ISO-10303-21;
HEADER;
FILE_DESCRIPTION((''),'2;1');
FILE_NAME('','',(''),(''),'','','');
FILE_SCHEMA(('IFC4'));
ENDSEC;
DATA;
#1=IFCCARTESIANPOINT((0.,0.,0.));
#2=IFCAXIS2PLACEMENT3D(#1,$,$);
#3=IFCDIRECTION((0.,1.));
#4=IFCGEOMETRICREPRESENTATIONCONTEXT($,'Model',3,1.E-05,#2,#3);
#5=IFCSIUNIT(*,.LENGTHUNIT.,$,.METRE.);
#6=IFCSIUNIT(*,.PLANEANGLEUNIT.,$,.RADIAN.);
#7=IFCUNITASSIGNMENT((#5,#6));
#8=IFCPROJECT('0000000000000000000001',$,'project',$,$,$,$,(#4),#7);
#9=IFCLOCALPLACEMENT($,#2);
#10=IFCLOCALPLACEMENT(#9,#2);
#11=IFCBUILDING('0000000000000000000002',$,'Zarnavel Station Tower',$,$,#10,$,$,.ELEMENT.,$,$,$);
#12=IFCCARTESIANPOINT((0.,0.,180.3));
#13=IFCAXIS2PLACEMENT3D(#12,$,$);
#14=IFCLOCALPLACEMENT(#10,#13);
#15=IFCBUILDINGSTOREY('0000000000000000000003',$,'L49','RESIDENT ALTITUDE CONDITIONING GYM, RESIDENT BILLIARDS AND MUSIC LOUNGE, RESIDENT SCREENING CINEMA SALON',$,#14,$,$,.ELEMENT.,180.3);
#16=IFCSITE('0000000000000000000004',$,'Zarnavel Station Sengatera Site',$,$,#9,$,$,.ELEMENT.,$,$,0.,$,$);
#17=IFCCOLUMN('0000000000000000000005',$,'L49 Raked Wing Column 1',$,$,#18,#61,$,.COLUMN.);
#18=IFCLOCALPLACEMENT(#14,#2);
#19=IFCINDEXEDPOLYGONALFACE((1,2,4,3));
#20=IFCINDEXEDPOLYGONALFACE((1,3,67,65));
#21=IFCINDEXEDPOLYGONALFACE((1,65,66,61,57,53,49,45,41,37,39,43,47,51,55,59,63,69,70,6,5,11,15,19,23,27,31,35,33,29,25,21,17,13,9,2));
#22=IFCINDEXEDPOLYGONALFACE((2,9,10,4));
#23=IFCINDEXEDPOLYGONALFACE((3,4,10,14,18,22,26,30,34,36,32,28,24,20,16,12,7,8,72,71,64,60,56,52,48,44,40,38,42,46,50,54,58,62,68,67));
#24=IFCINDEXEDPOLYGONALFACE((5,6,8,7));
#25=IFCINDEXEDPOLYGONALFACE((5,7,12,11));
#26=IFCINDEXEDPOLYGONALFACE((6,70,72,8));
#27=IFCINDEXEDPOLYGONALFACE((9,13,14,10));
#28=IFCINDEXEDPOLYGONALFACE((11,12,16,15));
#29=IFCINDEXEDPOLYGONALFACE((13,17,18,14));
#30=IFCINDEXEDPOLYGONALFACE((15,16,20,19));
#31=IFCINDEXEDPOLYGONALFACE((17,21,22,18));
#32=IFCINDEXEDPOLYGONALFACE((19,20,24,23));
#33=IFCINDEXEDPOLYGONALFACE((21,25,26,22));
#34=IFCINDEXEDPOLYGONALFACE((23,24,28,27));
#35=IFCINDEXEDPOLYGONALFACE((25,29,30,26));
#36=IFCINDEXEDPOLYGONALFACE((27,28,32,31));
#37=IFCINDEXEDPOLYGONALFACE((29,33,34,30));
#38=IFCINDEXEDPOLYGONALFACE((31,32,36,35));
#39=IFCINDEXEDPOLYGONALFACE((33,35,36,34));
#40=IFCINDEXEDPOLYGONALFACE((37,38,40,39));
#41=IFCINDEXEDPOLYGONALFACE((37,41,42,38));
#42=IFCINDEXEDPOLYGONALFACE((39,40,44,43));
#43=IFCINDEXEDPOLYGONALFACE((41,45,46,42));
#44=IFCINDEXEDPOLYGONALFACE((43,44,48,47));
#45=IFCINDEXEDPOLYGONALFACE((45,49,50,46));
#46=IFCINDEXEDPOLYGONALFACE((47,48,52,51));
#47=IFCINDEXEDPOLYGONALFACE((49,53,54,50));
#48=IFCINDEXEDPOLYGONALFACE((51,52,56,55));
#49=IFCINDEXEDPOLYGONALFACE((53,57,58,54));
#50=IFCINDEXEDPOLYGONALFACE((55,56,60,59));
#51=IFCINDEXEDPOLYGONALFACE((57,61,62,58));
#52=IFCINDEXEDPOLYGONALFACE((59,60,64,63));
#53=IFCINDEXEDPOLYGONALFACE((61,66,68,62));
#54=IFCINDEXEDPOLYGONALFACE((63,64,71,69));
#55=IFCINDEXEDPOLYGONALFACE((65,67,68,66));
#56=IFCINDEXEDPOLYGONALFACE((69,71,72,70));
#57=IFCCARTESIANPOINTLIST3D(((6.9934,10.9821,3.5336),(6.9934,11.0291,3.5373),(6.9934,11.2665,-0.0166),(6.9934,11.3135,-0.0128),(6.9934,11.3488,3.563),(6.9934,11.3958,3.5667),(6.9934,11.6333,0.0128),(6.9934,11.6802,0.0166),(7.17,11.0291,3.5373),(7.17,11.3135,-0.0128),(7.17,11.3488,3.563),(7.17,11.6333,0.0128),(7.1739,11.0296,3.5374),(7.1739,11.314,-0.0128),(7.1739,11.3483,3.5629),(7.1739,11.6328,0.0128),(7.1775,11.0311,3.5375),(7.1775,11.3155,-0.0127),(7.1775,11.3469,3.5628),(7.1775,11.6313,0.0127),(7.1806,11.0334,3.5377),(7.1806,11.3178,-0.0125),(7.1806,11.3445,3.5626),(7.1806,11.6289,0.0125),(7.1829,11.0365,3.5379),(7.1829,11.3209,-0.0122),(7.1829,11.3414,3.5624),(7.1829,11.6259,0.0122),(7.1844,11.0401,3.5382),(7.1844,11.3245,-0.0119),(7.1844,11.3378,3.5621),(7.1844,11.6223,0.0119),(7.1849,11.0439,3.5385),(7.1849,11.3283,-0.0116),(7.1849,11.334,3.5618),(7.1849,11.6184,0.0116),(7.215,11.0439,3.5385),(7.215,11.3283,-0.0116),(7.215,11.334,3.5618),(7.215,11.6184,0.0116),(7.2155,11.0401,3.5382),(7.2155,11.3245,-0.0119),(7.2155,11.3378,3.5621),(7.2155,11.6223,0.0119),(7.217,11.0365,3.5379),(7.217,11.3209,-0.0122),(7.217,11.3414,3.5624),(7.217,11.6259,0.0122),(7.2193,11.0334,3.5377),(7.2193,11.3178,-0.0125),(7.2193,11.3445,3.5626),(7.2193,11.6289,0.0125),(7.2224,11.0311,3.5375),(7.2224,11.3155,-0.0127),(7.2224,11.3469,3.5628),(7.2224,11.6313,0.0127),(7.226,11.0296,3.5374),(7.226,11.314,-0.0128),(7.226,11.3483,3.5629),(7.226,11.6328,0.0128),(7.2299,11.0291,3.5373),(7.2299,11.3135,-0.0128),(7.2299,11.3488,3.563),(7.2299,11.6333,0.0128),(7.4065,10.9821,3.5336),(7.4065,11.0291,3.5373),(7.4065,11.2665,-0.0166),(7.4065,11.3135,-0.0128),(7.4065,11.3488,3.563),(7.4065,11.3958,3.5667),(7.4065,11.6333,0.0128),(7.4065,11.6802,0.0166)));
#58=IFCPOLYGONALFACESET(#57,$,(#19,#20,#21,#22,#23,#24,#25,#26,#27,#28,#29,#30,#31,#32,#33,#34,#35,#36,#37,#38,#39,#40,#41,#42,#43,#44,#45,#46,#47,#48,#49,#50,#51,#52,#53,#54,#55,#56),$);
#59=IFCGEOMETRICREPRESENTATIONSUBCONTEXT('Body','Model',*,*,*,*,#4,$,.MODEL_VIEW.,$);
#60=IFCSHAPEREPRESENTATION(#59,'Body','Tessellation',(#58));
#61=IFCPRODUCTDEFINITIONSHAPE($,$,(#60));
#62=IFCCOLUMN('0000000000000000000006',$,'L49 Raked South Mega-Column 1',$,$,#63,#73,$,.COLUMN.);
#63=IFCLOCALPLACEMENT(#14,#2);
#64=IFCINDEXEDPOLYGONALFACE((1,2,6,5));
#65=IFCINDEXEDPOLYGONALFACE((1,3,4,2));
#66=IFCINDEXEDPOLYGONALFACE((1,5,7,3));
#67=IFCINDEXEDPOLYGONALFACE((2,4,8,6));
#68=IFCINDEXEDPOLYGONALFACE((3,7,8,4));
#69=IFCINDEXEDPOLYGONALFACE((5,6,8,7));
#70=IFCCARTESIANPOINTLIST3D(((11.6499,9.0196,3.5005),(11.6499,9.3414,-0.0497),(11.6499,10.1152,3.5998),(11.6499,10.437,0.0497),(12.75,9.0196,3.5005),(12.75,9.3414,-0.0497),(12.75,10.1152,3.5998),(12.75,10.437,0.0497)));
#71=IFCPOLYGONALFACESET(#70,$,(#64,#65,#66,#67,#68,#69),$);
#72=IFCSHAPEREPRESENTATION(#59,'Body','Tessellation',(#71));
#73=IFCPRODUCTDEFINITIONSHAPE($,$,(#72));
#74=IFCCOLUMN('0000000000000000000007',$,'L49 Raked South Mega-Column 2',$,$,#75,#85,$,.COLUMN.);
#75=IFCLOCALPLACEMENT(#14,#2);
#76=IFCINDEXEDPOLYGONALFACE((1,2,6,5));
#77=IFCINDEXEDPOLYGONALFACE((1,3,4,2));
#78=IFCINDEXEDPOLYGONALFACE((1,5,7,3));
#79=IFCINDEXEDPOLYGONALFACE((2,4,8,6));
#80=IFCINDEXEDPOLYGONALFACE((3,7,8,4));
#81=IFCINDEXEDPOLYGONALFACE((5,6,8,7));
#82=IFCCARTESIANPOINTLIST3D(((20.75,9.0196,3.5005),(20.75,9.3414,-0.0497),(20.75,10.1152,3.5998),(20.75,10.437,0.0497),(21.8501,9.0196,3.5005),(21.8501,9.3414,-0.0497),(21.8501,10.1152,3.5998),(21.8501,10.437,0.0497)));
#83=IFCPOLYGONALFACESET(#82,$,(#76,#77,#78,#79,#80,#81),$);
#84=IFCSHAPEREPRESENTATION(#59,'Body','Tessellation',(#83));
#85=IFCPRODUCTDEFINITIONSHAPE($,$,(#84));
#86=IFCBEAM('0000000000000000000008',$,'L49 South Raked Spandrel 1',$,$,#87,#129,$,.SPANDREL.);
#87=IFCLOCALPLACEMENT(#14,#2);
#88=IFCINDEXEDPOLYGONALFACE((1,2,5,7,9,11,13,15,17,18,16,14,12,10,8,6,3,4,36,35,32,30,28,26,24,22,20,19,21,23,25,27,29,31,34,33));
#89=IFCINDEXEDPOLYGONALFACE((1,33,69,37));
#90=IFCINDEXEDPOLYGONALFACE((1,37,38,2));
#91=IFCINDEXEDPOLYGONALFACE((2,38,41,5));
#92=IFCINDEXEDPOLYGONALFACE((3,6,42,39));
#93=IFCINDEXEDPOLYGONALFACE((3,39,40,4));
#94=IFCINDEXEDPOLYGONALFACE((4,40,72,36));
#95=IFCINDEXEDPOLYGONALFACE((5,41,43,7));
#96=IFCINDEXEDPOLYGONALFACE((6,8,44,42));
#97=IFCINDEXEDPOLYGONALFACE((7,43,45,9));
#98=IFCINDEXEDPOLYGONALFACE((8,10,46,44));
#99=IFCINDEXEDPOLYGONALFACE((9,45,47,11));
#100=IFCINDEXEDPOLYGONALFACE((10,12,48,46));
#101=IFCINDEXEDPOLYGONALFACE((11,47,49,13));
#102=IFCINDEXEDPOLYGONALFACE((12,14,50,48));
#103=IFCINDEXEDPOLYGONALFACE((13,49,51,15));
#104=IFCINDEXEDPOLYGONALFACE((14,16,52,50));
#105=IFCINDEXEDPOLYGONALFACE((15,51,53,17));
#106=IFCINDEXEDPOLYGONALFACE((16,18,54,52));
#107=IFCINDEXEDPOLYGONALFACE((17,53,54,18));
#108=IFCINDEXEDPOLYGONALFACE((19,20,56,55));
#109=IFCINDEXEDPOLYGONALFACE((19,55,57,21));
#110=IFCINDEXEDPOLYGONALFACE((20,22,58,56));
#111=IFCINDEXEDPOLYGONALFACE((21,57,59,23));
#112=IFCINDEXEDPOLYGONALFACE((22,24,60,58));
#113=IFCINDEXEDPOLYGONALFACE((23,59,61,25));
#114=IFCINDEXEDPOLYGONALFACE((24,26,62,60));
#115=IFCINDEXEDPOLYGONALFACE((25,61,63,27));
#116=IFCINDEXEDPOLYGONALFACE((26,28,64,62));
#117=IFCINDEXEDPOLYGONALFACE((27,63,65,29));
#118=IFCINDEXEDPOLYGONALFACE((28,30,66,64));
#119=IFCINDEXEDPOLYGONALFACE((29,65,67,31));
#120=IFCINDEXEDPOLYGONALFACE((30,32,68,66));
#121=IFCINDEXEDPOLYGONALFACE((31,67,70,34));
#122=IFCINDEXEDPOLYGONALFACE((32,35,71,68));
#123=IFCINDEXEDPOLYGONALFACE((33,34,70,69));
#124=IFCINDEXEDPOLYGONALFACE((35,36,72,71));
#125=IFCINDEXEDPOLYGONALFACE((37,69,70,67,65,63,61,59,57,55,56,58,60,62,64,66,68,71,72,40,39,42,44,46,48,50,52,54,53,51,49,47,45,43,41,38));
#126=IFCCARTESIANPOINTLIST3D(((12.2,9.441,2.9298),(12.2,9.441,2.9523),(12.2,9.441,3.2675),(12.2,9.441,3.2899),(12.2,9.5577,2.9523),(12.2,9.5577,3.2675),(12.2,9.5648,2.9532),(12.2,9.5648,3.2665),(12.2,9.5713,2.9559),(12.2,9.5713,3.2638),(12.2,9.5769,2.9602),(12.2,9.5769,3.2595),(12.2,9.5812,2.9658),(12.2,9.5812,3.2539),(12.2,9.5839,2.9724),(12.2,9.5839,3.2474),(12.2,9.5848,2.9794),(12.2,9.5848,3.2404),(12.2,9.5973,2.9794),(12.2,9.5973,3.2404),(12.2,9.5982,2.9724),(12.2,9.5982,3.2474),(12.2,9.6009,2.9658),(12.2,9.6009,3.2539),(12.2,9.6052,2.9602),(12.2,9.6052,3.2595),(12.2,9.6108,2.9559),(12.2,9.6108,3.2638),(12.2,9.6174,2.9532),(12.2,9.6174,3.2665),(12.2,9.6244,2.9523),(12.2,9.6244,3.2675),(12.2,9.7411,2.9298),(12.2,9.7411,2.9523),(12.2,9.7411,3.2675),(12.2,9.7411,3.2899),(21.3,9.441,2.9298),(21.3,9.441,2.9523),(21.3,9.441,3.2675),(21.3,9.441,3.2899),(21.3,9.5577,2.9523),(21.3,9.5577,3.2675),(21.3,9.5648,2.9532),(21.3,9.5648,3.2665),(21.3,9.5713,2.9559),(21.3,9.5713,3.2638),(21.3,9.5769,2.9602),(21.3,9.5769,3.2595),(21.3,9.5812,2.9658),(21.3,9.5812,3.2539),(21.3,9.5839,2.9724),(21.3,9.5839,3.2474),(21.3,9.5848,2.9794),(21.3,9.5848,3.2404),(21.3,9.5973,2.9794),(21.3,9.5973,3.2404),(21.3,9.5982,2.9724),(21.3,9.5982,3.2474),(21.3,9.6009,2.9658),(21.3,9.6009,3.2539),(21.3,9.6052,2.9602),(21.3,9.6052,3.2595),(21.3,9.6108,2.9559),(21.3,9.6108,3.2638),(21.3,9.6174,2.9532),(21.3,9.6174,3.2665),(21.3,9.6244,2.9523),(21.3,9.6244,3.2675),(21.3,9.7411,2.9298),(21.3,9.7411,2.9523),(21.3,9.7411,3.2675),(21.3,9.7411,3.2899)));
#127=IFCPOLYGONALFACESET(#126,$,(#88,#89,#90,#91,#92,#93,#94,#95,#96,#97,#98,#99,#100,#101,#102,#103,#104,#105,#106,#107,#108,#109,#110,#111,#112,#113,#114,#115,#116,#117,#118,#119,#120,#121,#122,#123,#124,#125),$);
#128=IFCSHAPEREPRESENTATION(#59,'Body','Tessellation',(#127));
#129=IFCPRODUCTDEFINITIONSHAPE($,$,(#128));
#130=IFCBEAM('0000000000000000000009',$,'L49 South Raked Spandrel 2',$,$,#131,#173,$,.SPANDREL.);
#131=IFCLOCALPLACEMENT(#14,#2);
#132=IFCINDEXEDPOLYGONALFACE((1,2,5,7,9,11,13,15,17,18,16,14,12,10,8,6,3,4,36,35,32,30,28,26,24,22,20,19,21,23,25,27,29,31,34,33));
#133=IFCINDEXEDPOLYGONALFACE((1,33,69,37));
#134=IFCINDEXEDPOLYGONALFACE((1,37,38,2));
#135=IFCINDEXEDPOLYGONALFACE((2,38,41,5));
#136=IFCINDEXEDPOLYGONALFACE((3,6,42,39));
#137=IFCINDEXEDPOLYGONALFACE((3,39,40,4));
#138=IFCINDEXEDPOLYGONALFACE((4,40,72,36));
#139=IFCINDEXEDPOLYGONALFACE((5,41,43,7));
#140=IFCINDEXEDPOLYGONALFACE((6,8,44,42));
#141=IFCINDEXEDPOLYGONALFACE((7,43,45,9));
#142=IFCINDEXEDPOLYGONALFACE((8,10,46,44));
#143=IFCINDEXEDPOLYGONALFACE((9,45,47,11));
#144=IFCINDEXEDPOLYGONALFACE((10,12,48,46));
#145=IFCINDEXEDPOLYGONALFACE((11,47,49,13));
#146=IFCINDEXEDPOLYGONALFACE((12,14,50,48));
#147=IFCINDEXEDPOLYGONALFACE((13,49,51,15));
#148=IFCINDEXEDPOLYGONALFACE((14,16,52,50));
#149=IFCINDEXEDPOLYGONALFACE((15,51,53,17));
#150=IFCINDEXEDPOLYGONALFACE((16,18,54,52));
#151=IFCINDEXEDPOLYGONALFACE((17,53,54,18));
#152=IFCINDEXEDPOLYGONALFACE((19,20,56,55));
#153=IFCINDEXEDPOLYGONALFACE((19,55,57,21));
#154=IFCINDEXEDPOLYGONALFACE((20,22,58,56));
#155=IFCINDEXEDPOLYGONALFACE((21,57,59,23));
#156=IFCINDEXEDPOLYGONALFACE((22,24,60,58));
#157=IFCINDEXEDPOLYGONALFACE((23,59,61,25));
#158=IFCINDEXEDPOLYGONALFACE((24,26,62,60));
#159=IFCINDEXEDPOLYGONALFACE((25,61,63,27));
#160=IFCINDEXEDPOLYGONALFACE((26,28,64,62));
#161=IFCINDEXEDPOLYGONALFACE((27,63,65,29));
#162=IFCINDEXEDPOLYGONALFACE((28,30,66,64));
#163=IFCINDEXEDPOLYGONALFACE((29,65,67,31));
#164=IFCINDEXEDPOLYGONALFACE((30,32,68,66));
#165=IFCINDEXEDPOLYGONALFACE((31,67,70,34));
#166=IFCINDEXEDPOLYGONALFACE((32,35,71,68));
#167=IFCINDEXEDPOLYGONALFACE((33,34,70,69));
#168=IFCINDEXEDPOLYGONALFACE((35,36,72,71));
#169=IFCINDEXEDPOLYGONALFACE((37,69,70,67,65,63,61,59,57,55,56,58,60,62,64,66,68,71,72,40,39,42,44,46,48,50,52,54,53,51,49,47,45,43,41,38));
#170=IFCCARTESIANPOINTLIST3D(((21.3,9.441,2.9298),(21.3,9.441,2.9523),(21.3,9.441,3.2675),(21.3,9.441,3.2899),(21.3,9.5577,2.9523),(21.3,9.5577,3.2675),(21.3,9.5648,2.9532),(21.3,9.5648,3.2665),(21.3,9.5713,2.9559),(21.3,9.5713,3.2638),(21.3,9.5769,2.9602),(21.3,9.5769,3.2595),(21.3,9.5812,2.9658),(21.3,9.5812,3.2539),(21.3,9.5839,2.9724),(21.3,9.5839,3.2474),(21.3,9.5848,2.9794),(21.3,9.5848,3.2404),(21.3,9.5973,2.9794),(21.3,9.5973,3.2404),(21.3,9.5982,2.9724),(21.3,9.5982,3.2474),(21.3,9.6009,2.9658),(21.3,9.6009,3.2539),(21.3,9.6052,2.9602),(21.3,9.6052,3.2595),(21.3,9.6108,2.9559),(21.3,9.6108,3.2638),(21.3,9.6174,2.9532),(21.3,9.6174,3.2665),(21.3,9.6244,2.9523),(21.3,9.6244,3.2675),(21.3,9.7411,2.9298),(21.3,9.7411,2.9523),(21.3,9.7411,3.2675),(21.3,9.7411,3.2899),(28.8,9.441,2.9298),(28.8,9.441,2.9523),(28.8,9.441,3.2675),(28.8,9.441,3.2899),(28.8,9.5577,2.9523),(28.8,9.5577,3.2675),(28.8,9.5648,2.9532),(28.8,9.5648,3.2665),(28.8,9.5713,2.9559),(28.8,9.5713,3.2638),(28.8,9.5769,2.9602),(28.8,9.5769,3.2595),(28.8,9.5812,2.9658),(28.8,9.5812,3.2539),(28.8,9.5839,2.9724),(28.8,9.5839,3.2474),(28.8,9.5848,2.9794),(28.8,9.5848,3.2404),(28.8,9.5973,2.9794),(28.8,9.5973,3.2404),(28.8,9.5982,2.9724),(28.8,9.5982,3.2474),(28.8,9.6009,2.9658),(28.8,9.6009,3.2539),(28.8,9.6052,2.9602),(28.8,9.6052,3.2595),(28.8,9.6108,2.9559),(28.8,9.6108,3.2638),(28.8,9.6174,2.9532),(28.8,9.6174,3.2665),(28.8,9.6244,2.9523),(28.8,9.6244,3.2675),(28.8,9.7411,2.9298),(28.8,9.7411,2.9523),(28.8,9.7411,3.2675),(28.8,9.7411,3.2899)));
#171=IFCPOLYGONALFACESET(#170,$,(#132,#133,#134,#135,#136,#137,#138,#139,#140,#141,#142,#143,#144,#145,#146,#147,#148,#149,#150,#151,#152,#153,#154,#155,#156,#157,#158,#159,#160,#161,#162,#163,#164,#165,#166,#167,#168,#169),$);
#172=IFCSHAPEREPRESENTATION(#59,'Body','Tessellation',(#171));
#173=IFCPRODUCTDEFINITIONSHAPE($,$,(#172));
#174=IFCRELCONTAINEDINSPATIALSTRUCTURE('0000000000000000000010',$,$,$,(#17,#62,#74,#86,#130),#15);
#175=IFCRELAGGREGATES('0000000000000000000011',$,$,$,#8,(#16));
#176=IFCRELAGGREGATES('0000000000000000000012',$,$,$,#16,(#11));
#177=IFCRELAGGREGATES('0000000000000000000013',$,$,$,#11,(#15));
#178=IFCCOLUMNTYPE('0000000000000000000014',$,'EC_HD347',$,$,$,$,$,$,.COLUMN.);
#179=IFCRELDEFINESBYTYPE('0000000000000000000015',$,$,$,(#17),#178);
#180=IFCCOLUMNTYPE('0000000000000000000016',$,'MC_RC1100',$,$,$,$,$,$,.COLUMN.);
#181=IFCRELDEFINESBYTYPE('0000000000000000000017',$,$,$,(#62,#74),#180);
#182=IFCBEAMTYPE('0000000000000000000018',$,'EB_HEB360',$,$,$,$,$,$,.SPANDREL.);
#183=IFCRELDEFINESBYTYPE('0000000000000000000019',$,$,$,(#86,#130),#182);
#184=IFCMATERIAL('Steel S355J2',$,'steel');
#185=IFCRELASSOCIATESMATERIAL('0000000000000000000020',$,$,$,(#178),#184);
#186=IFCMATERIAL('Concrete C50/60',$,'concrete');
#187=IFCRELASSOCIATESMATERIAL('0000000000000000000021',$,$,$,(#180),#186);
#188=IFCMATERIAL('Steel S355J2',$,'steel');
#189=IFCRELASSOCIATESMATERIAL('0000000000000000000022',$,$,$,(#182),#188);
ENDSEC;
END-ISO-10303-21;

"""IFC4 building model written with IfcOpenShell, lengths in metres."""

from ifc_helpers import new_model, si_unit, direction, frame, origin, origin_2d, place, context, subcontext, project, spatial, rectangle, i_section, extrude, material, material_profile, profile_set, type_object, element, save


model = new_model("IFC4")

# Units and contexts
model_context = context("Model", 3, precision=1e-05, world=origin(), true_north=direction((0.0, 1.0)))
body_context = subcontext(model_context, "Body", "Model", "MODEL_VIEW")
ifc_project = project(units=[si_unit("LENGTHUNIT", "METRE"), si_unit("PLANEANGLEUNIT", "RADIAN")], contexts=[model_context])

# Site, building, storey
site_placement = place(None, origin())
site = spatial("IfcSite", under=ifc_project, at=site_placement, Name="Zarnavel Station Sengatera Site", CompositionType="ELEMENT", RefElevation=0.0)
building_placement = place(site_placement, origin())
building = spatial("IfcBuilding", under=site, at=building_placement, Name="Zarnavel Station Tower", CompositionType="ELEMENT")
storey_placement = place(building_placement, frame((0.0, 0.0, 180.3)))
storey = spatial("IfcBuildingStorey", under=building, at=storey_placement, Name="L49", Description="RESIDENT ALTITUDE CONDITIONING GYM, RESIDENT BILLIARDS AND MUSIC LOUNGE, RESIDENT SCREENING CINEMA SALON", CompositionType="ELEMENT", Elevation=180.3)

# Columns
ifc_material_1 = material(Name="Steel S355J2", Category="steel")
ifc_material_profile_1 = material_profile(ifc_material_1, i_section(OverallWidth=0.4131, OverallDepth=0.415, WebThickness=0.03, FlangeThickness=0.0471, FilletRadius=0.0149, at=origin_2d()), Name="HD400x347")
ifc_profile_set_1 = profile_set([ifc_material_profile_1], Name="Steel S355J2")
column_type_1 = type_object("IfcColumnType", Name="EC_HD347", PredefinedType="COLUMN", material=ifc_profile_set_1)
column_placement = place(storey_placement, frame((7.2, 11.4734, 0.0), z_axis=(0.0, -0.079862, 0.996806), x_axis=(1.0, 0.0, 0.0)))
element("IfcColumn", 1, at=column_placement, inside=storey, type_object=column_type_1, Name="L49 Raked Wing Column 1", PredefinedType="COLUMN", context=body_context, shape_type="SweptSolid", body=[
    extrude(i_section(OverallWidth=0.4131, OverallDepth=0.415, WebThickness=0.03, FlangeThickness=0.0471, FilletRadius=0.0149, at=origin_2d()), origin(), (0.0, 0.0, 1.0), 3.5615),
])
ifc_material_2 = material(Name="Concrete C50/60", Category="concrete")
ifc_material_profile_2 = material_profile(ifc_material_2, rectangle(XDim=1.1001, YDim=1.1001, at=origin_2d()), Name="RC1100x1100")
ifc_profile_set_2 = profile_set([ifc_material_profile_2], Name="Concrete C50/60")
column_type_2 = type_object("IfcColumnType", Name="MC_RC1100", PredefinedType="COLUMN", material=ifc_profile_set_2)
for number, where, z_axis, x_axis, name in (
    (2, (12.2, 9.8892, 0.0), (0.0, -0.09027, 0.995917), (1.0, 0.0, 0.0), "L49 Raked South Mega-Column 1"),
    (3, (21.3, 9.8892, 0.0), (0.0, -0.09027, 0.995917), (1.0, 0.0, 0.0), "L49 Raked South Mega-Column 2"),
):
    element("IfcColumn", number, at=place(storey_placement, frame(where, z_axis=z_axis, x_axis=x_axis)), inside=storey, type_object=column_type_2, Name=name, PredefinedType="COLUMN", context=body_context, shape_type="SweptSolid", body=[
        extrude(rectangle(XDim=1.1001, YDim=1.1001, at=origin_2d()), origin(), (0.0, 0.0, 1.0), 3.5647),
    ])

# Beams
ifc_material_3 = material(Name="Steel S355J2", Category="steel")
ifc_material_profile_3 = material_profile(ifc_material_3, i_section(OverallWidth=0.3, OverallDepth=0.3601, WebThickness=0.0125, FlangeThickness=0.0225, FilletRadius=0.0271, at=origin_2d()), Name="HEB360")
ifc_profile_set_3 = profile_set([ifc_material_profile_3], Name="Steel S355J2")
beam_type_1 = type_object("IfcBeamType", Name="EB_HEB360", PredefinedType="SPANDREL", material=ifc_profile_set_3)
beam_1_placement = place(storey_placement, frame((12.2, 9.5911, 3.1099), z_axis=(1.0, 0.0, 0.0), x_axis=(0.0, 1.0, 0.0)))
element("IfcBeam", 4, at=beam_1_placement, inside=storey, type_object=beam_type_1, Name="L49 South Raked Spandrel 1", PredefinedType="SPANDREL", context=body_context, shape_type="SweptSolid", body=[
    extrude(i_section(OverallWidth=0.3, OverallDepth=0.3601, WebThickness=0.0125, FlangeThickness=0.0225, FilletRadius=0.0271, at=origin_2d()), origin(), (0.0, 0.0, 1.0), 9.1001),
])
beam_2_placement = place(storey_placement, frame((21.3, 9.5911, 3.1099), z_axis=(1.0, 0.0, 0.0), x_axis=(0.0, 1.0, 0.0)))
element("IfcBeam", 5, at=beam_2_placement, inside=storey, type_object=beam_type_1, Name="L49 South Raked Spandrel 2", PredefinedType="SPANDREL", context=body_context, shape_type="SweptSolid", body=[
    extrude(i_section(OverallWidth=0.3, OverallDepth=0.3601, WebThickness=0.0125, FlangeThickness=0.0225, FilletRadius=0.0271, at=origin_2d()), origin(), (0.0, 0.0, 1.0), 7.5),
])

save(model, "model.ifc")
